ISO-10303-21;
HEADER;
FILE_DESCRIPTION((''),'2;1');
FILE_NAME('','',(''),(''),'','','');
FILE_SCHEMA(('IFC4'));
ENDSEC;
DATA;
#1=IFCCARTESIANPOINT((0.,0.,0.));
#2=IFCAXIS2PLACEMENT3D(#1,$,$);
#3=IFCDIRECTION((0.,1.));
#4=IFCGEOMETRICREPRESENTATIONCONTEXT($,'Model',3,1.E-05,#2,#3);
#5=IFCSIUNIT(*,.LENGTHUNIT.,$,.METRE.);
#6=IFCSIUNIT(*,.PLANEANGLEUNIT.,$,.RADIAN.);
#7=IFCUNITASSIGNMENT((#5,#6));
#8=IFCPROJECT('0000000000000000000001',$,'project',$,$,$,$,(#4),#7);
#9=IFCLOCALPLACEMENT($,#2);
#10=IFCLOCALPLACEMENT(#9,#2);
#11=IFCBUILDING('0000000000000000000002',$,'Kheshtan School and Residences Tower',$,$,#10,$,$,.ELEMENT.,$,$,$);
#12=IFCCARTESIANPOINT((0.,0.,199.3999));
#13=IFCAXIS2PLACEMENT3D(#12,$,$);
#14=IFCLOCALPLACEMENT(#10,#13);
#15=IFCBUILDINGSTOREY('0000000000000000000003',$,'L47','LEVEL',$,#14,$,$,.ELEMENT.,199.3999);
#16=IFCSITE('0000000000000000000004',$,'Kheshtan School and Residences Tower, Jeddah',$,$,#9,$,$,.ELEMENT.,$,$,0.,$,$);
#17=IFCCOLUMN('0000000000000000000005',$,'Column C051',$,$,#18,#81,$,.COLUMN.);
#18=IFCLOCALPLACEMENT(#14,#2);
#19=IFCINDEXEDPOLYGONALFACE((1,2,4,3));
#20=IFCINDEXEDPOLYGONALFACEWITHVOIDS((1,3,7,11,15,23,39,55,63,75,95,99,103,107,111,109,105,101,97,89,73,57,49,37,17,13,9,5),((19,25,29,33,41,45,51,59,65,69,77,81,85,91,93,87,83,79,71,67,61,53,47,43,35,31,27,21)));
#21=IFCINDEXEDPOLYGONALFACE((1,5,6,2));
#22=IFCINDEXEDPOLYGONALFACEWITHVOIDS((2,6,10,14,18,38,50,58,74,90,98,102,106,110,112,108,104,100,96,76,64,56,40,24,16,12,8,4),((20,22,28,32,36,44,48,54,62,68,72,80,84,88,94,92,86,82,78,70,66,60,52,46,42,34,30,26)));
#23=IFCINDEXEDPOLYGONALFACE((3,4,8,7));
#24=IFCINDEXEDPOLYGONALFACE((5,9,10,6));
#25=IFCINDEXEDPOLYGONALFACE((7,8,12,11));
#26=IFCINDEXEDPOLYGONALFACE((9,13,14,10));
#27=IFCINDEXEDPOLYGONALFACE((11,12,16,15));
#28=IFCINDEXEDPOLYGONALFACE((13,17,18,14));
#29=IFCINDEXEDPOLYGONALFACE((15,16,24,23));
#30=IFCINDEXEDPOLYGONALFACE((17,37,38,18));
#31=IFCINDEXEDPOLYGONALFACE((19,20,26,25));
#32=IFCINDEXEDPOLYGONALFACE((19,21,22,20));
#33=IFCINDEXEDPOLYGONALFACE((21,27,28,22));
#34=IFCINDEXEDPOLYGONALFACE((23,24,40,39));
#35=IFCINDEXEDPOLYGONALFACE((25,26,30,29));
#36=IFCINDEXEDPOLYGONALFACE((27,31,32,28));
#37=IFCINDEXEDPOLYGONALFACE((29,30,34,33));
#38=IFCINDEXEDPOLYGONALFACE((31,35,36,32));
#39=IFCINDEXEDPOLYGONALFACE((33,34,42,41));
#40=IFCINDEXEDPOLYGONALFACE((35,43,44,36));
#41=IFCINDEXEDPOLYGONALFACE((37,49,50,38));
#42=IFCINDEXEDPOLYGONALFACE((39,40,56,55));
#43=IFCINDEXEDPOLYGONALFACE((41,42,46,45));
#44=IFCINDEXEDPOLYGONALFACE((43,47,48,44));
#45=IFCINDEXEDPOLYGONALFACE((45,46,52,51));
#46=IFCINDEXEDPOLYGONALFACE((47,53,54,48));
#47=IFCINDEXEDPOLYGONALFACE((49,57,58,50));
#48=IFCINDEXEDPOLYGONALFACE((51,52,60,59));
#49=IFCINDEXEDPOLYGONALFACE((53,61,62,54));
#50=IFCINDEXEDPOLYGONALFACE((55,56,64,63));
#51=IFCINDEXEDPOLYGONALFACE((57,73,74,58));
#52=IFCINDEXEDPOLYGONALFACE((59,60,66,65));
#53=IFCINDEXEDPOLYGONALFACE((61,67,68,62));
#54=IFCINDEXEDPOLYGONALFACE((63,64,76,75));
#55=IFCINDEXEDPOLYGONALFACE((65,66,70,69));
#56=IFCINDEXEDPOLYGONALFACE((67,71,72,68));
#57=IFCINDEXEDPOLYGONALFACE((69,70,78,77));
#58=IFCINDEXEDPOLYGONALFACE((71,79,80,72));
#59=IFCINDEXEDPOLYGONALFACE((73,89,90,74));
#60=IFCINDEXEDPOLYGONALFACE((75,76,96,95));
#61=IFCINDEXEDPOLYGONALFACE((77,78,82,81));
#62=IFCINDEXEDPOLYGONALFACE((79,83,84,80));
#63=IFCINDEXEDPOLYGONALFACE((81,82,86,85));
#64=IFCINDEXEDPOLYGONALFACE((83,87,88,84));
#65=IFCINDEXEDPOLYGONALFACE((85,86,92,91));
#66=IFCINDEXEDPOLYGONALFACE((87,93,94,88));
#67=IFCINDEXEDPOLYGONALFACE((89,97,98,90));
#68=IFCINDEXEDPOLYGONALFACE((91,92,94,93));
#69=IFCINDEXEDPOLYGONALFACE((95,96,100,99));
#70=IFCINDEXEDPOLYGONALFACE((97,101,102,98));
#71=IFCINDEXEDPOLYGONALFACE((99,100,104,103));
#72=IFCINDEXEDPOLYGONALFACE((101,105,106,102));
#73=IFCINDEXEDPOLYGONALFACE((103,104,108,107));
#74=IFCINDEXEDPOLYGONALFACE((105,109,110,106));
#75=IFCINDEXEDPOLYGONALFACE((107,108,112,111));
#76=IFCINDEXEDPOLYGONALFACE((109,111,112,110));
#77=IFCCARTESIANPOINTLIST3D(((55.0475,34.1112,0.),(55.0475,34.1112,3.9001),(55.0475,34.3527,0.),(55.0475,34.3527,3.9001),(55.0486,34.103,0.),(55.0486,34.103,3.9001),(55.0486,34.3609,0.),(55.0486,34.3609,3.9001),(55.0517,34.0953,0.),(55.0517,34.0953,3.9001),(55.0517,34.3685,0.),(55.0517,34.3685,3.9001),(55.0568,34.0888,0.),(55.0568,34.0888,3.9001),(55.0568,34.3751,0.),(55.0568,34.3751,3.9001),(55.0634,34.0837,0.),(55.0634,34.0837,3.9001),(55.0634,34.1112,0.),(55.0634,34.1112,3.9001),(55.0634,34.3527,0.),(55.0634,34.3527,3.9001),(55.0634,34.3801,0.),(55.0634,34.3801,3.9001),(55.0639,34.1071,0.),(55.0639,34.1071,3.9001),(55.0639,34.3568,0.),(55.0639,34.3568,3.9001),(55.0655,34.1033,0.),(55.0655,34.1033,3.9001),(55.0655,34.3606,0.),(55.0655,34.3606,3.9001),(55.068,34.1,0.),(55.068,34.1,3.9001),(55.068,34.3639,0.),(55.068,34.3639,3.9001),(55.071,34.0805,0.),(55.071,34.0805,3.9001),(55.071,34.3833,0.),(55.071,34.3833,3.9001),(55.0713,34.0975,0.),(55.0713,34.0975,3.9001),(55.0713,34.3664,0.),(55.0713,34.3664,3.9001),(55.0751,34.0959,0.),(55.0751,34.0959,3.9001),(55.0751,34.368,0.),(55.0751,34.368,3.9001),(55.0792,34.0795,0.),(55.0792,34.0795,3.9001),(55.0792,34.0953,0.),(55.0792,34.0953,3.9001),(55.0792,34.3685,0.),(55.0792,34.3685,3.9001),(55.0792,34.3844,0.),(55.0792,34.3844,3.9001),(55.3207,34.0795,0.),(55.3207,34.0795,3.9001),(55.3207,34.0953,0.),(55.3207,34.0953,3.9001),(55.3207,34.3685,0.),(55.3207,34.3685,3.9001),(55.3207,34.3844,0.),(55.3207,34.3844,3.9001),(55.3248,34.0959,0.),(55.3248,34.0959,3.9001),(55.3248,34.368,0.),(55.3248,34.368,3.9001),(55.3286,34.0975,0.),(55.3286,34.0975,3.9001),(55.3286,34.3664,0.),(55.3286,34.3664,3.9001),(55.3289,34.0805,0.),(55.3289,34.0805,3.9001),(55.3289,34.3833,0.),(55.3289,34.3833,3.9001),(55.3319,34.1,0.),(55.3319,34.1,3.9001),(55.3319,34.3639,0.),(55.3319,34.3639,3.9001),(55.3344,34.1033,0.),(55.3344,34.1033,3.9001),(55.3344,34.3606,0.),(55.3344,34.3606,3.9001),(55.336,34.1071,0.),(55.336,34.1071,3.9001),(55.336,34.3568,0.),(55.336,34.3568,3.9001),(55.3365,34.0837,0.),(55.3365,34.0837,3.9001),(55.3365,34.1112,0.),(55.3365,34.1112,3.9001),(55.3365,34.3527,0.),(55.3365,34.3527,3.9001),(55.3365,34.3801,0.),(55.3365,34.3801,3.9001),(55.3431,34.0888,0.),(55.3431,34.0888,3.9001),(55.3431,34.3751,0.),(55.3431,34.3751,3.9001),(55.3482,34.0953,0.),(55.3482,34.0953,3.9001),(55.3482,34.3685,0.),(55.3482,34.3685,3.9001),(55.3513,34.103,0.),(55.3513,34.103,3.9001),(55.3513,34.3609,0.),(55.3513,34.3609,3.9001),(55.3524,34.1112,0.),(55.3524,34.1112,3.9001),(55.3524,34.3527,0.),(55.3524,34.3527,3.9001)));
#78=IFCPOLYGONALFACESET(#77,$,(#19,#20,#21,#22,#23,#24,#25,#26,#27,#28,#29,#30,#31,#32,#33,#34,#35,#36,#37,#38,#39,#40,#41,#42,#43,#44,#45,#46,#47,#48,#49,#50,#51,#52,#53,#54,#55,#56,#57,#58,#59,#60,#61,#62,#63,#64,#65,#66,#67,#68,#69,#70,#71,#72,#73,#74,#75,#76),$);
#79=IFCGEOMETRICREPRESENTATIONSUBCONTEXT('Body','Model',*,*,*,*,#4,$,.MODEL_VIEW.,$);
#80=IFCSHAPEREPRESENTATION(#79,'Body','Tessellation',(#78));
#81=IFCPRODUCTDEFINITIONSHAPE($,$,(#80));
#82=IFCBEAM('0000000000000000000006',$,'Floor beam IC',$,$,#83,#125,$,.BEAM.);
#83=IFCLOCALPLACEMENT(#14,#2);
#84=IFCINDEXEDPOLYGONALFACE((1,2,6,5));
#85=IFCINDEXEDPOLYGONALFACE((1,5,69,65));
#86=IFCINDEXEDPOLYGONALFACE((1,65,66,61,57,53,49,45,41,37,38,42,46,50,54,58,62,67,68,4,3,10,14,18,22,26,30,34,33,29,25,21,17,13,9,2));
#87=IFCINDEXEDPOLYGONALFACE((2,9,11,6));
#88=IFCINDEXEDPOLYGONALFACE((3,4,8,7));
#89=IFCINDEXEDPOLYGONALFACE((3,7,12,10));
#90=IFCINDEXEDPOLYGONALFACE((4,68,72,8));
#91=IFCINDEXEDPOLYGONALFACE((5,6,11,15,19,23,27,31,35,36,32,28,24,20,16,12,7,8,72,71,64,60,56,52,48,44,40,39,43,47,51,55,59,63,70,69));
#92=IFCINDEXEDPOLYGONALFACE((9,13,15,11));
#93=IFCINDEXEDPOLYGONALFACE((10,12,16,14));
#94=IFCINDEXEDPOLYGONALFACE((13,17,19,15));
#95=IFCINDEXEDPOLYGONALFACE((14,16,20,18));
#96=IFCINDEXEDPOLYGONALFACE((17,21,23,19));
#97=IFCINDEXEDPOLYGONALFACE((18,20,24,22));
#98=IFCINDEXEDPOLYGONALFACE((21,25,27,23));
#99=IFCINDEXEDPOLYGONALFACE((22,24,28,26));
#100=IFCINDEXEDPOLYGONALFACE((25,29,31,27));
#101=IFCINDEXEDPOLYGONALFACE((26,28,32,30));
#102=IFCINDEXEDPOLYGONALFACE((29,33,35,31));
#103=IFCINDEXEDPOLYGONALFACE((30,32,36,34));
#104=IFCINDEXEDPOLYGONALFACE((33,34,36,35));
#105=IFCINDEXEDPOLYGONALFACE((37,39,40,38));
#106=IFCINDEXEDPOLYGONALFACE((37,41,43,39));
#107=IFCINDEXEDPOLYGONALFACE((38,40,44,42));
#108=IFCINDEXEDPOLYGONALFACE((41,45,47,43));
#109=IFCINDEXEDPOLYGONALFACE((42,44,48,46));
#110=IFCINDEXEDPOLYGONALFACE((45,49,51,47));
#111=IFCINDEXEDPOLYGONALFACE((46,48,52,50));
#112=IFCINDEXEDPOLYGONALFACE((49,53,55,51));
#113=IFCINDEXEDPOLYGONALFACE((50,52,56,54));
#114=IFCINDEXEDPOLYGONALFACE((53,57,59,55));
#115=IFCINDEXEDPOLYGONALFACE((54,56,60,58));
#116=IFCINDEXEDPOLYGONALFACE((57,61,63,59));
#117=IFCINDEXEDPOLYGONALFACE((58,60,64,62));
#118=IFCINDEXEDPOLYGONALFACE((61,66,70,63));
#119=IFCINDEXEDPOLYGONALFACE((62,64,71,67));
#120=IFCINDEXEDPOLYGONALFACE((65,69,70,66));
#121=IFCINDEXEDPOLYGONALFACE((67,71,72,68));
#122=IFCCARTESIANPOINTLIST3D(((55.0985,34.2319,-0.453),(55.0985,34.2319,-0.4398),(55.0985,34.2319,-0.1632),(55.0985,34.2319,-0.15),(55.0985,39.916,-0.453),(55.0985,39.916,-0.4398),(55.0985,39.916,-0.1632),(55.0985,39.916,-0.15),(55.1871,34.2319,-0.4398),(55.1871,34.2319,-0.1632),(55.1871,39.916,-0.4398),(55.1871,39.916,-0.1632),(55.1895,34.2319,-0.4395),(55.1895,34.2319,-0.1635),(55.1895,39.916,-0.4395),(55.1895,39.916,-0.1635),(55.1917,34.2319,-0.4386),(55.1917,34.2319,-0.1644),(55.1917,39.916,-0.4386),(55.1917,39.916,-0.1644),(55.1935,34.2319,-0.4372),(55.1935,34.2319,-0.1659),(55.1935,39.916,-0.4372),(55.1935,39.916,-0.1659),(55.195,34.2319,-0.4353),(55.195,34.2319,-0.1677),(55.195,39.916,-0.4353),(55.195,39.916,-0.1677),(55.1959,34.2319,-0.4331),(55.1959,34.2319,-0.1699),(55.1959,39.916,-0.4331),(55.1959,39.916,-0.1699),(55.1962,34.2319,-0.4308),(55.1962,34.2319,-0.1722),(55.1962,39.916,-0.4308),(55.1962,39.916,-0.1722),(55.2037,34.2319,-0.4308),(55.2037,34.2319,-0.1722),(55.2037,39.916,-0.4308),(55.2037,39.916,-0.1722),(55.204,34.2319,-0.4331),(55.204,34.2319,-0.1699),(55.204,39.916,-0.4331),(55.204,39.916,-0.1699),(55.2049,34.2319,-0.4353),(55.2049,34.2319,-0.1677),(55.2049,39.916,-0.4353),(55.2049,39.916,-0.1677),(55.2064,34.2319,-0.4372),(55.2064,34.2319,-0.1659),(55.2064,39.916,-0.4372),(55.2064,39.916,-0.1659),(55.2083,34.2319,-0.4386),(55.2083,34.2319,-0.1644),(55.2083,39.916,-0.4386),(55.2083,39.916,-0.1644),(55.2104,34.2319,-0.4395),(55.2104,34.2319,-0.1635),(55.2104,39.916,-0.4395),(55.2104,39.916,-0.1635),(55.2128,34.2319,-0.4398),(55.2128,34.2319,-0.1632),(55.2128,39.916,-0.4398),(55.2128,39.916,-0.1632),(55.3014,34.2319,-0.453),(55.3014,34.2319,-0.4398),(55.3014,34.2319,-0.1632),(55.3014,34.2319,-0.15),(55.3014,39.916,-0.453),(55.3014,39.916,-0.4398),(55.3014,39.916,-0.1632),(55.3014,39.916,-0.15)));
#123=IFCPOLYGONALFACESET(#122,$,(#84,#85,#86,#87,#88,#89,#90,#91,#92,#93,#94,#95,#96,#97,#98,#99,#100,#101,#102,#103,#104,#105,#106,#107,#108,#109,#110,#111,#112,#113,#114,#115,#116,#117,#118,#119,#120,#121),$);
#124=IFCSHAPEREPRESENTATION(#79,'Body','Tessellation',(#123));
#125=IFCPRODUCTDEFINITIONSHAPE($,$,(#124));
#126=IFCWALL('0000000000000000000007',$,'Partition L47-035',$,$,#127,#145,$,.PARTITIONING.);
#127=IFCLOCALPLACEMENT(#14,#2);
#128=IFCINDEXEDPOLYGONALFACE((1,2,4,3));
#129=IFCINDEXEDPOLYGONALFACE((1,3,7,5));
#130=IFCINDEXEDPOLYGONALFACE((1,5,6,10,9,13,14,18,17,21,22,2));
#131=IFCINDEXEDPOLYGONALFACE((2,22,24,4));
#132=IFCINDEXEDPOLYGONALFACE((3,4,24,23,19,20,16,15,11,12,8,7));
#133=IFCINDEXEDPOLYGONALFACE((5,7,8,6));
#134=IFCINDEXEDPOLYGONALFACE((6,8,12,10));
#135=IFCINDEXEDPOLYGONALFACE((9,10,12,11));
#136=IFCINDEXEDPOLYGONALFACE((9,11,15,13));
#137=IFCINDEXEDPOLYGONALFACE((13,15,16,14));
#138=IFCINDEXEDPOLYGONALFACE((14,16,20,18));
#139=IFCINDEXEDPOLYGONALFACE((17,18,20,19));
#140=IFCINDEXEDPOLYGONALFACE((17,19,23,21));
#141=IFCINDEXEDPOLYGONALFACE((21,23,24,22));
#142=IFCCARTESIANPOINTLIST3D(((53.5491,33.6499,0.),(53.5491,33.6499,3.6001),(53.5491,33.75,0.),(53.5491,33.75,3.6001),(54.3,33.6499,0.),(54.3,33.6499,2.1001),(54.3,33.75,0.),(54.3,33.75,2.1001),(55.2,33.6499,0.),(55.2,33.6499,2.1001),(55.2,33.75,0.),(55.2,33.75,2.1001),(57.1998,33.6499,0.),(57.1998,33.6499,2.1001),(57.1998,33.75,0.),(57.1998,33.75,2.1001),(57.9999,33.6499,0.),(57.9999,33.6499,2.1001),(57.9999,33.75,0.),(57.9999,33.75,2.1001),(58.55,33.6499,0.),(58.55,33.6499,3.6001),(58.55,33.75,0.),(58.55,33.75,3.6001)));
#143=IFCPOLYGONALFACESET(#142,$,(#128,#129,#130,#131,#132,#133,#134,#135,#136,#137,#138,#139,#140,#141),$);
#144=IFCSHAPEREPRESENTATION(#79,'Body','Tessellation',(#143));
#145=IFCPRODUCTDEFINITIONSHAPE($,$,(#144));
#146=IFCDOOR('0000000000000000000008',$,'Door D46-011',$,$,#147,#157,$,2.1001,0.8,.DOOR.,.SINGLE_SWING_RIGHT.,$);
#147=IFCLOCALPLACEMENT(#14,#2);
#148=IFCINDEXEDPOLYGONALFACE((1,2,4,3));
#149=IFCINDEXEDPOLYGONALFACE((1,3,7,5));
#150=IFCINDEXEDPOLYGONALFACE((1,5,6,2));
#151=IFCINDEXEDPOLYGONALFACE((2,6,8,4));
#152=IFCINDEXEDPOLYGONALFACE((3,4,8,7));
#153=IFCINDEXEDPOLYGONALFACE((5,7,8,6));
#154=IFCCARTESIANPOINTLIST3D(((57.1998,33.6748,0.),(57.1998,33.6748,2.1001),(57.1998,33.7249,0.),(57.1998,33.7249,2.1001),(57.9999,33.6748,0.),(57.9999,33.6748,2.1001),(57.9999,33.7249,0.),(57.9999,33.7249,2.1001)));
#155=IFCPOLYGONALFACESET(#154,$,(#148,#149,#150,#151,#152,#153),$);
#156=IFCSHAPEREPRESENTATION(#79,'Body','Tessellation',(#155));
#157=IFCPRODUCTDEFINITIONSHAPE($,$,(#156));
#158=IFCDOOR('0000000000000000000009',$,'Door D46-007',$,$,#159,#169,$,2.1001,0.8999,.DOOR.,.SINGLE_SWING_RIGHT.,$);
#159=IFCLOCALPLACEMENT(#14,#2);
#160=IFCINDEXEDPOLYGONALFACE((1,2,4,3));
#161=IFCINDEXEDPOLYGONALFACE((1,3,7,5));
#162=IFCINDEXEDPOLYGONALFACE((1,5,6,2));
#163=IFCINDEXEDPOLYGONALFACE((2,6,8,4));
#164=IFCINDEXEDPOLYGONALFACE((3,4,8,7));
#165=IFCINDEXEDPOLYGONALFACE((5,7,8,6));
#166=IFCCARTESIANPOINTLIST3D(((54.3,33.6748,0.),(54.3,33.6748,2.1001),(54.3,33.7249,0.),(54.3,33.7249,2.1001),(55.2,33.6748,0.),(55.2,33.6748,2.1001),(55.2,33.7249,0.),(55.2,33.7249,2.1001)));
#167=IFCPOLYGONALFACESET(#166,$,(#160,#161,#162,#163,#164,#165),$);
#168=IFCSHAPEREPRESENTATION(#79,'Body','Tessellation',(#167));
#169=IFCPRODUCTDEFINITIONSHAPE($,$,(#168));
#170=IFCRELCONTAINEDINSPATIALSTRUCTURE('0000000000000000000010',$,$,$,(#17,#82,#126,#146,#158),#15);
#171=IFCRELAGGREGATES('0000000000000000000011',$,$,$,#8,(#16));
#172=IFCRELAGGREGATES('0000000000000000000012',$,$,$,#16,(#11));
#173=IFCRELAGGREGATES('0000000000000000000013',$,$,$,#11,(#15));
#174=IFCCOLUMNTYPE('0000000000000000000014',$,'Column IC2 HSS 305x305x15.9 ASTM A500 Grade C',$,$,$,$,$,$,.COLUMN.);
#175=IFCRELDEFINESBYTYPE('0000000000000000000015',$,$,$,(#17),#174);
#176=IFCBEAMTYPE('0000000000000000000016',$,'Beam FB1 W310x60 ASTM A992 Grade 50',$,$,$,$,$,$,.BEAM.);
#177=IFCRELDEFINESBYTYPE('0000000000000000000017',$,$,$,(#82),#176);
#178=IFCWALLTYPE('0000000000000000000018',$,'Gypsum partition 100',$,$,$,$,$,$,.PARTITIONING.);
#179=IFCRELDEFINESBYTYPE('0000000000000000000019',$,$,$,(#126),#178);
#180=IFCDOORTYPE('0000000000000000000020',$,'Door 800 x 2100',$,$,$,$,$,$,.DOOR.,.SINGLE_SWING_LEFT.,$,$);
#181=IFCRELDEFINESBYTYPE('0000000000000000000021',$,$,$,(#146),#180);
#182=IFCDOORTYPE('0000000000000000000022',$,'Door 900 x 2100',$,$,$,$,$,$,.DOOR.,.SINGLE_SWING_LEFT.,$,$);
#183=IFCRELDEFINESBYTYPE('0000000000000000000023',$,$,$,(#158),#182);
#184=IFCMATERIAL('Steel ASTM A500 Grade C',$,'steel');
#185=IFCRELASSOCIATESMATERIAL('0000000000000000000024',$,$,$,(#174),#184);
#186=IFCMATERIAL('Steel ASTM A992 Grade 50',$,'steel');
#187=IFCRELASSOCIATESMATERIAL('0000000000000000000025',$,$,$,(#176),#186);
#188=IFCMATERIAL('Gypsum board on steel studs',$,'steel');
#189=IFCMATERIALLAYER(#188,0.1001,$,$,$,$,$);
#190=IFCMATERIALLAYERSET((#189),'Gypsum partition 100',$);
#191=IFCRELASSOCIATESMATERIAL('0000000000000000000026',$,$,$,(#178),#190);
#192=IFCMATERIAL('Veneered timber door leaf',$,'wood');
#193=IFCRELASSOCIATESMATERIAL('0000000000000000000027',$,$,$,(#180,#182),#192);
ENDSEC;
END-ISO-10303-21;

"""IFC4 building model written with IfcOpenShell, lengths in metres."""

from ifc_helpers import new_model, si_unit, direction, frame, frame_2d, origin, origin_2d, place, context, subcontext, project, spatial, rectangle, hollow_rectangle, i_section, extrude, source, transform, mapped, material, layer, layer_set, material_profile, profile_set, type_object, element, fill, save


model = new_model("IFC4")

# Units and contexts
model_context = context("Model", 3, precision=1e-05, world=origin(), true_north=direction((0.0, 1.0)))
body_context = subcontext(model_context, "Body", "Model", "MODEL_VIEW")
ifc_project = project(units=[si_unit("LENGTHUNIT", "METRE"), si_unit("PLANEANGLEUNIT", "RADIAN")], contexts=[model_context])

# Site, building, storey
site_placement = place(None, origin())
site = spatial("IfcSite", under=ifc_project, at=site_placement, Name="Kheshtan School and Residences Tower, Jeddah", CompositionType="ELEMENT", RefElevation=0.0)
building_placement = place(site_placement, origin())
building = spatial("IfcBuilding", under=site, at=building_placement, Name="Kheshtan School and Residences Tower", CompositionType="ELEMENT")
storey_placement = place(building_placement, frame((0.0, 0.0, 199.3999)))
storey = spatial("IfcBuildingStorey", under=building, at=storey_placement, Name="L47", Description="LEVEL", CompositionType="ELEMENT", Elevation=199.3999)

# Column
ifc_material_1 = material(Name="Steel ASTM A500 Grade C", Category="steel")
ifc_material_profile_1 = material_profile(ifc_material_1, hollow_rectangle(XDim=0.3049, YDim=0.3049, WallThickness=0.0159, InnerFilletRadius=0.0159, OuterFilletRadius=0.0317, at=origin_2d()), Name="HSS 305x305x15.9")
ifc_profile_set_1 = profile_set([ifc_material_profile_1], Name="Steel ASTM A500 Grade C")
column_type = type_object("IfcColumnType", Name="Column IC2 HSS 305x305x15.9 ASTM A500 Grade C", PredefinedType="COLUMN", material=ifc_profile_set_1)
column_placement = place(storey_placement, frame((55.2, 34.2319, 0.0), z_axis=(0.0, 0.0, 1.0), x_axis=(1.0, 0.0, 0.0)))
element("IfcColumn", 1, at=column_placement, inside=storey, type_object=column_type, Name="Column C051", PredefinedType="COLUMN", context=body_context, shape_type="SweptSolid", body=[
    extrude(hollow_rectangle(XDim=0.3049, YDim=0.3049, WallThickness=0.0159, InnerFilletRadius=0.0159, OuterFilletRadius=0.0317, at=origin_2d()), origin(), (0.0, 0.0, 1.0), 3.9001),
])

# Beam
ifc_material_2 = material(Name="Steel ASTM A992 Grade 50", Category="steel")
ifc_material_profile_2 = material_profile(ifc_material_2, i_section(OverallWidth=0.2029, OverallDepth=0.303, WebThickness=0.0076, FlangeThickness=0.0132, FilletRadius=0.009, at=origin_2d()), Name="W310x60")
ifc_profile_set_2 = profile_set([ifc_material_profile_2], Name="Steel ASTM A992 Grade 50")
beam_type = type_object("IfcBeamType", Name="Beam FB1 W310x60 ASTM A992 Grade 50", PredefinedType="BEAM", material=ifc_profile_set_2)
beam_placement = place(storey_placement, frame((55.2, 34.2319, -0.3015), z_axis=(0.0, 1.0, 0.0), x_axis=(-1.0, 0.0, 0.0)))
element("IfcBeam", 2, at=beam_placement, inside=storey, type_object=beam_type, Name="Floor beam IC", PredefinedType="BEAM", context=body_context, shape_type="SweptSolid", body=[
    extrude(i_section(OverallWidth=0.2029, OverallDepth=0.303, WebThickness=0.0076, FlangeThickness=0.0132, FilletRadius=0.009, at=origin_2d()), origin(), (0.0, 0.0, 1.0), 5.6841),
])

# Wall, openings, doors
ifc_material_3 = material(Name="Gypsum board on steel studs", Category="steel")
ifc_layer_1 = layer(ifc_material_3, 0.1001)
ifc_layer_set_1 = layer_set([ifc_layer_1], Name="Gypsum partition 100")
wall_type_1 = type_object("IfcWallType", Name="Gypsum partition 100", PredefinedType="PARTITIONING", material=ifc_layer_set_1)
wall_1_placement = place(storey_placement, frame((53.5491, 33.7, 0.0), z_axis=(0.0, 0.0, 1.0), x_axis=(1.0, 0.0, 0.0)))
wall_1 = element("IfcWall", 3, at=wall_1_placement, inside=storey, type_object=wall_type_1, Name="Partition L47-035", PredefinedType="PARTITIONING", context=body_context, shape_type="SweptSolid", body=[
    extrude(rectangle(XDim=5.001, YDim=0.1001, at=frame_2d((2.5005, 0.0))), origin(), (0.0, 0.0, 1.0), 3.6001),
])
opening_1_placement = place(wall_1_placement, frame((0.751, 0.0, 0.0)))
opening_1 = element("IfcOpeningElement", 4, at=opening_1_placement, cuts=wall_1, PredefinedType="OPENING", context=body_context, shape_type="SweptSolid", body=[
    extrude(rectangle(XDim=0.8999, YDim=2.1001, at=frame_2d((0.45, 1.05))), frame((0.0, 0.0601, 0.0), z_axis=(0.0, -1.0, 0.0), x_axis=(1.0, 0.0, 0.0)), (0.0, 0.0, 1.0), 0.1201),
])
opening_2_placement = place(wall_1_placement, frame((3.6509, 0.0, 0.0)))
opening_2 = element("IfcOpeningElement", 5, at=opening_2_placement, cuts=wall_1, PredefinedType="OPENING", context=body_context, shape_type="SweptSolid", body=[
    extrude(rectangle(XDim=0.8, YDim=2.1001, at=frame_2d((0.3999, 1.05))), frame((0.0, 0.0601, 0.0), z_axis=(0.0, -1.0, 0.0), x_axis=(1.0, 0.0, 0.0)), (0.0, 0.0, 1.0), 0.1201),
])
ifc_material_4 = material(Name="Veneered timber door leaf", Category="wood")
door_type_1 = type_object("IfcDoorType", Name="Door 800 x 2100", OperationType="SINGLE_SWING_LEFT", PredefinedType="DOOR", material=ifc_material_4)
shared_shape_1 = source(origin(), body_context, "Body", "SweptSolid", [
    extrude(rectangle(XDim=0.8, YDim=2.1001, at=frame_2d((0.3999, 1.05))), frame((0.0, 0.0249, 0.0), z_axis=(0.0, -1.0, 0.0), x_axis=(1.0, 0.0, 0.0)), (0.0, 0.0, 1.0), 0.05),
])
door_1_placement = place(opening_2_placement, origin())
door_1 = element("IfcDoor", 6, at=door_1_placement, inside=storey, type_object=door_type_1, Name="Door D46-011", OperationType="SINGLE_SWING_RIGHT", OverallHeight=2.1001, OverallWidth=0.8, PredefinedType="DOOR", context=body_context, shape_type="MappedRepresentation", body=[
    mapped(shared_shape_1, transform((0.0, 0.0, 0.0), x_axis=(1.0, 0.0, 0.0), y_axis=(0.0, 1.0, 0.0), z_axis=(0.0, 0.0, 1.0), scale=1.0)),
])
fill(opening_2, door_1)
door_type_2 = type_object("IfcDoorType", Name="Door 900 x 2100", OperationType="SINGLE_SWING_LEFT", PredefinedType="DOOR", material=ifc_material_4)
shared_shape_2 = source(origin(), body_context, "Body", "SweptSolid", [
    extrude(rectangle(XDim=0.8999, YDim=2.1001, at=frame_2d((0.45, 1.05))), frame((0.0, 0.0249, 0.0), z_axis=(0.0, -1.0, 0.0), x_axis=(1.0, 0.0, 0.0)), (0.0, 0.0, 1.0), 0.05),
])
door_2_placement = place(opening_1_placement, origin())
door_2 = element("IfcDoor", 7, at=door_2_placement, inside=storey, type_object=door_type_2, Name="Door D46-007", OperationType="SINGLE_SWING_RIGHT", OverallHeight=2.1001, OverallWidth=0.8999, PredefinedType="DOOR", context=body_context, shape_type="MappedRepresentation", body=[
    mapped(shared_shape_2, transform((0.0, 0.0, 0.0), x_axis=(1.0, 0.0, 0.0), y_axis=(0.0, 1.0, 0.0), z_axis=(0.0, 0.0, 1.0), scale=1.0)),
])
fill(opening_1, door_2)

save(model, "model.ifc")
